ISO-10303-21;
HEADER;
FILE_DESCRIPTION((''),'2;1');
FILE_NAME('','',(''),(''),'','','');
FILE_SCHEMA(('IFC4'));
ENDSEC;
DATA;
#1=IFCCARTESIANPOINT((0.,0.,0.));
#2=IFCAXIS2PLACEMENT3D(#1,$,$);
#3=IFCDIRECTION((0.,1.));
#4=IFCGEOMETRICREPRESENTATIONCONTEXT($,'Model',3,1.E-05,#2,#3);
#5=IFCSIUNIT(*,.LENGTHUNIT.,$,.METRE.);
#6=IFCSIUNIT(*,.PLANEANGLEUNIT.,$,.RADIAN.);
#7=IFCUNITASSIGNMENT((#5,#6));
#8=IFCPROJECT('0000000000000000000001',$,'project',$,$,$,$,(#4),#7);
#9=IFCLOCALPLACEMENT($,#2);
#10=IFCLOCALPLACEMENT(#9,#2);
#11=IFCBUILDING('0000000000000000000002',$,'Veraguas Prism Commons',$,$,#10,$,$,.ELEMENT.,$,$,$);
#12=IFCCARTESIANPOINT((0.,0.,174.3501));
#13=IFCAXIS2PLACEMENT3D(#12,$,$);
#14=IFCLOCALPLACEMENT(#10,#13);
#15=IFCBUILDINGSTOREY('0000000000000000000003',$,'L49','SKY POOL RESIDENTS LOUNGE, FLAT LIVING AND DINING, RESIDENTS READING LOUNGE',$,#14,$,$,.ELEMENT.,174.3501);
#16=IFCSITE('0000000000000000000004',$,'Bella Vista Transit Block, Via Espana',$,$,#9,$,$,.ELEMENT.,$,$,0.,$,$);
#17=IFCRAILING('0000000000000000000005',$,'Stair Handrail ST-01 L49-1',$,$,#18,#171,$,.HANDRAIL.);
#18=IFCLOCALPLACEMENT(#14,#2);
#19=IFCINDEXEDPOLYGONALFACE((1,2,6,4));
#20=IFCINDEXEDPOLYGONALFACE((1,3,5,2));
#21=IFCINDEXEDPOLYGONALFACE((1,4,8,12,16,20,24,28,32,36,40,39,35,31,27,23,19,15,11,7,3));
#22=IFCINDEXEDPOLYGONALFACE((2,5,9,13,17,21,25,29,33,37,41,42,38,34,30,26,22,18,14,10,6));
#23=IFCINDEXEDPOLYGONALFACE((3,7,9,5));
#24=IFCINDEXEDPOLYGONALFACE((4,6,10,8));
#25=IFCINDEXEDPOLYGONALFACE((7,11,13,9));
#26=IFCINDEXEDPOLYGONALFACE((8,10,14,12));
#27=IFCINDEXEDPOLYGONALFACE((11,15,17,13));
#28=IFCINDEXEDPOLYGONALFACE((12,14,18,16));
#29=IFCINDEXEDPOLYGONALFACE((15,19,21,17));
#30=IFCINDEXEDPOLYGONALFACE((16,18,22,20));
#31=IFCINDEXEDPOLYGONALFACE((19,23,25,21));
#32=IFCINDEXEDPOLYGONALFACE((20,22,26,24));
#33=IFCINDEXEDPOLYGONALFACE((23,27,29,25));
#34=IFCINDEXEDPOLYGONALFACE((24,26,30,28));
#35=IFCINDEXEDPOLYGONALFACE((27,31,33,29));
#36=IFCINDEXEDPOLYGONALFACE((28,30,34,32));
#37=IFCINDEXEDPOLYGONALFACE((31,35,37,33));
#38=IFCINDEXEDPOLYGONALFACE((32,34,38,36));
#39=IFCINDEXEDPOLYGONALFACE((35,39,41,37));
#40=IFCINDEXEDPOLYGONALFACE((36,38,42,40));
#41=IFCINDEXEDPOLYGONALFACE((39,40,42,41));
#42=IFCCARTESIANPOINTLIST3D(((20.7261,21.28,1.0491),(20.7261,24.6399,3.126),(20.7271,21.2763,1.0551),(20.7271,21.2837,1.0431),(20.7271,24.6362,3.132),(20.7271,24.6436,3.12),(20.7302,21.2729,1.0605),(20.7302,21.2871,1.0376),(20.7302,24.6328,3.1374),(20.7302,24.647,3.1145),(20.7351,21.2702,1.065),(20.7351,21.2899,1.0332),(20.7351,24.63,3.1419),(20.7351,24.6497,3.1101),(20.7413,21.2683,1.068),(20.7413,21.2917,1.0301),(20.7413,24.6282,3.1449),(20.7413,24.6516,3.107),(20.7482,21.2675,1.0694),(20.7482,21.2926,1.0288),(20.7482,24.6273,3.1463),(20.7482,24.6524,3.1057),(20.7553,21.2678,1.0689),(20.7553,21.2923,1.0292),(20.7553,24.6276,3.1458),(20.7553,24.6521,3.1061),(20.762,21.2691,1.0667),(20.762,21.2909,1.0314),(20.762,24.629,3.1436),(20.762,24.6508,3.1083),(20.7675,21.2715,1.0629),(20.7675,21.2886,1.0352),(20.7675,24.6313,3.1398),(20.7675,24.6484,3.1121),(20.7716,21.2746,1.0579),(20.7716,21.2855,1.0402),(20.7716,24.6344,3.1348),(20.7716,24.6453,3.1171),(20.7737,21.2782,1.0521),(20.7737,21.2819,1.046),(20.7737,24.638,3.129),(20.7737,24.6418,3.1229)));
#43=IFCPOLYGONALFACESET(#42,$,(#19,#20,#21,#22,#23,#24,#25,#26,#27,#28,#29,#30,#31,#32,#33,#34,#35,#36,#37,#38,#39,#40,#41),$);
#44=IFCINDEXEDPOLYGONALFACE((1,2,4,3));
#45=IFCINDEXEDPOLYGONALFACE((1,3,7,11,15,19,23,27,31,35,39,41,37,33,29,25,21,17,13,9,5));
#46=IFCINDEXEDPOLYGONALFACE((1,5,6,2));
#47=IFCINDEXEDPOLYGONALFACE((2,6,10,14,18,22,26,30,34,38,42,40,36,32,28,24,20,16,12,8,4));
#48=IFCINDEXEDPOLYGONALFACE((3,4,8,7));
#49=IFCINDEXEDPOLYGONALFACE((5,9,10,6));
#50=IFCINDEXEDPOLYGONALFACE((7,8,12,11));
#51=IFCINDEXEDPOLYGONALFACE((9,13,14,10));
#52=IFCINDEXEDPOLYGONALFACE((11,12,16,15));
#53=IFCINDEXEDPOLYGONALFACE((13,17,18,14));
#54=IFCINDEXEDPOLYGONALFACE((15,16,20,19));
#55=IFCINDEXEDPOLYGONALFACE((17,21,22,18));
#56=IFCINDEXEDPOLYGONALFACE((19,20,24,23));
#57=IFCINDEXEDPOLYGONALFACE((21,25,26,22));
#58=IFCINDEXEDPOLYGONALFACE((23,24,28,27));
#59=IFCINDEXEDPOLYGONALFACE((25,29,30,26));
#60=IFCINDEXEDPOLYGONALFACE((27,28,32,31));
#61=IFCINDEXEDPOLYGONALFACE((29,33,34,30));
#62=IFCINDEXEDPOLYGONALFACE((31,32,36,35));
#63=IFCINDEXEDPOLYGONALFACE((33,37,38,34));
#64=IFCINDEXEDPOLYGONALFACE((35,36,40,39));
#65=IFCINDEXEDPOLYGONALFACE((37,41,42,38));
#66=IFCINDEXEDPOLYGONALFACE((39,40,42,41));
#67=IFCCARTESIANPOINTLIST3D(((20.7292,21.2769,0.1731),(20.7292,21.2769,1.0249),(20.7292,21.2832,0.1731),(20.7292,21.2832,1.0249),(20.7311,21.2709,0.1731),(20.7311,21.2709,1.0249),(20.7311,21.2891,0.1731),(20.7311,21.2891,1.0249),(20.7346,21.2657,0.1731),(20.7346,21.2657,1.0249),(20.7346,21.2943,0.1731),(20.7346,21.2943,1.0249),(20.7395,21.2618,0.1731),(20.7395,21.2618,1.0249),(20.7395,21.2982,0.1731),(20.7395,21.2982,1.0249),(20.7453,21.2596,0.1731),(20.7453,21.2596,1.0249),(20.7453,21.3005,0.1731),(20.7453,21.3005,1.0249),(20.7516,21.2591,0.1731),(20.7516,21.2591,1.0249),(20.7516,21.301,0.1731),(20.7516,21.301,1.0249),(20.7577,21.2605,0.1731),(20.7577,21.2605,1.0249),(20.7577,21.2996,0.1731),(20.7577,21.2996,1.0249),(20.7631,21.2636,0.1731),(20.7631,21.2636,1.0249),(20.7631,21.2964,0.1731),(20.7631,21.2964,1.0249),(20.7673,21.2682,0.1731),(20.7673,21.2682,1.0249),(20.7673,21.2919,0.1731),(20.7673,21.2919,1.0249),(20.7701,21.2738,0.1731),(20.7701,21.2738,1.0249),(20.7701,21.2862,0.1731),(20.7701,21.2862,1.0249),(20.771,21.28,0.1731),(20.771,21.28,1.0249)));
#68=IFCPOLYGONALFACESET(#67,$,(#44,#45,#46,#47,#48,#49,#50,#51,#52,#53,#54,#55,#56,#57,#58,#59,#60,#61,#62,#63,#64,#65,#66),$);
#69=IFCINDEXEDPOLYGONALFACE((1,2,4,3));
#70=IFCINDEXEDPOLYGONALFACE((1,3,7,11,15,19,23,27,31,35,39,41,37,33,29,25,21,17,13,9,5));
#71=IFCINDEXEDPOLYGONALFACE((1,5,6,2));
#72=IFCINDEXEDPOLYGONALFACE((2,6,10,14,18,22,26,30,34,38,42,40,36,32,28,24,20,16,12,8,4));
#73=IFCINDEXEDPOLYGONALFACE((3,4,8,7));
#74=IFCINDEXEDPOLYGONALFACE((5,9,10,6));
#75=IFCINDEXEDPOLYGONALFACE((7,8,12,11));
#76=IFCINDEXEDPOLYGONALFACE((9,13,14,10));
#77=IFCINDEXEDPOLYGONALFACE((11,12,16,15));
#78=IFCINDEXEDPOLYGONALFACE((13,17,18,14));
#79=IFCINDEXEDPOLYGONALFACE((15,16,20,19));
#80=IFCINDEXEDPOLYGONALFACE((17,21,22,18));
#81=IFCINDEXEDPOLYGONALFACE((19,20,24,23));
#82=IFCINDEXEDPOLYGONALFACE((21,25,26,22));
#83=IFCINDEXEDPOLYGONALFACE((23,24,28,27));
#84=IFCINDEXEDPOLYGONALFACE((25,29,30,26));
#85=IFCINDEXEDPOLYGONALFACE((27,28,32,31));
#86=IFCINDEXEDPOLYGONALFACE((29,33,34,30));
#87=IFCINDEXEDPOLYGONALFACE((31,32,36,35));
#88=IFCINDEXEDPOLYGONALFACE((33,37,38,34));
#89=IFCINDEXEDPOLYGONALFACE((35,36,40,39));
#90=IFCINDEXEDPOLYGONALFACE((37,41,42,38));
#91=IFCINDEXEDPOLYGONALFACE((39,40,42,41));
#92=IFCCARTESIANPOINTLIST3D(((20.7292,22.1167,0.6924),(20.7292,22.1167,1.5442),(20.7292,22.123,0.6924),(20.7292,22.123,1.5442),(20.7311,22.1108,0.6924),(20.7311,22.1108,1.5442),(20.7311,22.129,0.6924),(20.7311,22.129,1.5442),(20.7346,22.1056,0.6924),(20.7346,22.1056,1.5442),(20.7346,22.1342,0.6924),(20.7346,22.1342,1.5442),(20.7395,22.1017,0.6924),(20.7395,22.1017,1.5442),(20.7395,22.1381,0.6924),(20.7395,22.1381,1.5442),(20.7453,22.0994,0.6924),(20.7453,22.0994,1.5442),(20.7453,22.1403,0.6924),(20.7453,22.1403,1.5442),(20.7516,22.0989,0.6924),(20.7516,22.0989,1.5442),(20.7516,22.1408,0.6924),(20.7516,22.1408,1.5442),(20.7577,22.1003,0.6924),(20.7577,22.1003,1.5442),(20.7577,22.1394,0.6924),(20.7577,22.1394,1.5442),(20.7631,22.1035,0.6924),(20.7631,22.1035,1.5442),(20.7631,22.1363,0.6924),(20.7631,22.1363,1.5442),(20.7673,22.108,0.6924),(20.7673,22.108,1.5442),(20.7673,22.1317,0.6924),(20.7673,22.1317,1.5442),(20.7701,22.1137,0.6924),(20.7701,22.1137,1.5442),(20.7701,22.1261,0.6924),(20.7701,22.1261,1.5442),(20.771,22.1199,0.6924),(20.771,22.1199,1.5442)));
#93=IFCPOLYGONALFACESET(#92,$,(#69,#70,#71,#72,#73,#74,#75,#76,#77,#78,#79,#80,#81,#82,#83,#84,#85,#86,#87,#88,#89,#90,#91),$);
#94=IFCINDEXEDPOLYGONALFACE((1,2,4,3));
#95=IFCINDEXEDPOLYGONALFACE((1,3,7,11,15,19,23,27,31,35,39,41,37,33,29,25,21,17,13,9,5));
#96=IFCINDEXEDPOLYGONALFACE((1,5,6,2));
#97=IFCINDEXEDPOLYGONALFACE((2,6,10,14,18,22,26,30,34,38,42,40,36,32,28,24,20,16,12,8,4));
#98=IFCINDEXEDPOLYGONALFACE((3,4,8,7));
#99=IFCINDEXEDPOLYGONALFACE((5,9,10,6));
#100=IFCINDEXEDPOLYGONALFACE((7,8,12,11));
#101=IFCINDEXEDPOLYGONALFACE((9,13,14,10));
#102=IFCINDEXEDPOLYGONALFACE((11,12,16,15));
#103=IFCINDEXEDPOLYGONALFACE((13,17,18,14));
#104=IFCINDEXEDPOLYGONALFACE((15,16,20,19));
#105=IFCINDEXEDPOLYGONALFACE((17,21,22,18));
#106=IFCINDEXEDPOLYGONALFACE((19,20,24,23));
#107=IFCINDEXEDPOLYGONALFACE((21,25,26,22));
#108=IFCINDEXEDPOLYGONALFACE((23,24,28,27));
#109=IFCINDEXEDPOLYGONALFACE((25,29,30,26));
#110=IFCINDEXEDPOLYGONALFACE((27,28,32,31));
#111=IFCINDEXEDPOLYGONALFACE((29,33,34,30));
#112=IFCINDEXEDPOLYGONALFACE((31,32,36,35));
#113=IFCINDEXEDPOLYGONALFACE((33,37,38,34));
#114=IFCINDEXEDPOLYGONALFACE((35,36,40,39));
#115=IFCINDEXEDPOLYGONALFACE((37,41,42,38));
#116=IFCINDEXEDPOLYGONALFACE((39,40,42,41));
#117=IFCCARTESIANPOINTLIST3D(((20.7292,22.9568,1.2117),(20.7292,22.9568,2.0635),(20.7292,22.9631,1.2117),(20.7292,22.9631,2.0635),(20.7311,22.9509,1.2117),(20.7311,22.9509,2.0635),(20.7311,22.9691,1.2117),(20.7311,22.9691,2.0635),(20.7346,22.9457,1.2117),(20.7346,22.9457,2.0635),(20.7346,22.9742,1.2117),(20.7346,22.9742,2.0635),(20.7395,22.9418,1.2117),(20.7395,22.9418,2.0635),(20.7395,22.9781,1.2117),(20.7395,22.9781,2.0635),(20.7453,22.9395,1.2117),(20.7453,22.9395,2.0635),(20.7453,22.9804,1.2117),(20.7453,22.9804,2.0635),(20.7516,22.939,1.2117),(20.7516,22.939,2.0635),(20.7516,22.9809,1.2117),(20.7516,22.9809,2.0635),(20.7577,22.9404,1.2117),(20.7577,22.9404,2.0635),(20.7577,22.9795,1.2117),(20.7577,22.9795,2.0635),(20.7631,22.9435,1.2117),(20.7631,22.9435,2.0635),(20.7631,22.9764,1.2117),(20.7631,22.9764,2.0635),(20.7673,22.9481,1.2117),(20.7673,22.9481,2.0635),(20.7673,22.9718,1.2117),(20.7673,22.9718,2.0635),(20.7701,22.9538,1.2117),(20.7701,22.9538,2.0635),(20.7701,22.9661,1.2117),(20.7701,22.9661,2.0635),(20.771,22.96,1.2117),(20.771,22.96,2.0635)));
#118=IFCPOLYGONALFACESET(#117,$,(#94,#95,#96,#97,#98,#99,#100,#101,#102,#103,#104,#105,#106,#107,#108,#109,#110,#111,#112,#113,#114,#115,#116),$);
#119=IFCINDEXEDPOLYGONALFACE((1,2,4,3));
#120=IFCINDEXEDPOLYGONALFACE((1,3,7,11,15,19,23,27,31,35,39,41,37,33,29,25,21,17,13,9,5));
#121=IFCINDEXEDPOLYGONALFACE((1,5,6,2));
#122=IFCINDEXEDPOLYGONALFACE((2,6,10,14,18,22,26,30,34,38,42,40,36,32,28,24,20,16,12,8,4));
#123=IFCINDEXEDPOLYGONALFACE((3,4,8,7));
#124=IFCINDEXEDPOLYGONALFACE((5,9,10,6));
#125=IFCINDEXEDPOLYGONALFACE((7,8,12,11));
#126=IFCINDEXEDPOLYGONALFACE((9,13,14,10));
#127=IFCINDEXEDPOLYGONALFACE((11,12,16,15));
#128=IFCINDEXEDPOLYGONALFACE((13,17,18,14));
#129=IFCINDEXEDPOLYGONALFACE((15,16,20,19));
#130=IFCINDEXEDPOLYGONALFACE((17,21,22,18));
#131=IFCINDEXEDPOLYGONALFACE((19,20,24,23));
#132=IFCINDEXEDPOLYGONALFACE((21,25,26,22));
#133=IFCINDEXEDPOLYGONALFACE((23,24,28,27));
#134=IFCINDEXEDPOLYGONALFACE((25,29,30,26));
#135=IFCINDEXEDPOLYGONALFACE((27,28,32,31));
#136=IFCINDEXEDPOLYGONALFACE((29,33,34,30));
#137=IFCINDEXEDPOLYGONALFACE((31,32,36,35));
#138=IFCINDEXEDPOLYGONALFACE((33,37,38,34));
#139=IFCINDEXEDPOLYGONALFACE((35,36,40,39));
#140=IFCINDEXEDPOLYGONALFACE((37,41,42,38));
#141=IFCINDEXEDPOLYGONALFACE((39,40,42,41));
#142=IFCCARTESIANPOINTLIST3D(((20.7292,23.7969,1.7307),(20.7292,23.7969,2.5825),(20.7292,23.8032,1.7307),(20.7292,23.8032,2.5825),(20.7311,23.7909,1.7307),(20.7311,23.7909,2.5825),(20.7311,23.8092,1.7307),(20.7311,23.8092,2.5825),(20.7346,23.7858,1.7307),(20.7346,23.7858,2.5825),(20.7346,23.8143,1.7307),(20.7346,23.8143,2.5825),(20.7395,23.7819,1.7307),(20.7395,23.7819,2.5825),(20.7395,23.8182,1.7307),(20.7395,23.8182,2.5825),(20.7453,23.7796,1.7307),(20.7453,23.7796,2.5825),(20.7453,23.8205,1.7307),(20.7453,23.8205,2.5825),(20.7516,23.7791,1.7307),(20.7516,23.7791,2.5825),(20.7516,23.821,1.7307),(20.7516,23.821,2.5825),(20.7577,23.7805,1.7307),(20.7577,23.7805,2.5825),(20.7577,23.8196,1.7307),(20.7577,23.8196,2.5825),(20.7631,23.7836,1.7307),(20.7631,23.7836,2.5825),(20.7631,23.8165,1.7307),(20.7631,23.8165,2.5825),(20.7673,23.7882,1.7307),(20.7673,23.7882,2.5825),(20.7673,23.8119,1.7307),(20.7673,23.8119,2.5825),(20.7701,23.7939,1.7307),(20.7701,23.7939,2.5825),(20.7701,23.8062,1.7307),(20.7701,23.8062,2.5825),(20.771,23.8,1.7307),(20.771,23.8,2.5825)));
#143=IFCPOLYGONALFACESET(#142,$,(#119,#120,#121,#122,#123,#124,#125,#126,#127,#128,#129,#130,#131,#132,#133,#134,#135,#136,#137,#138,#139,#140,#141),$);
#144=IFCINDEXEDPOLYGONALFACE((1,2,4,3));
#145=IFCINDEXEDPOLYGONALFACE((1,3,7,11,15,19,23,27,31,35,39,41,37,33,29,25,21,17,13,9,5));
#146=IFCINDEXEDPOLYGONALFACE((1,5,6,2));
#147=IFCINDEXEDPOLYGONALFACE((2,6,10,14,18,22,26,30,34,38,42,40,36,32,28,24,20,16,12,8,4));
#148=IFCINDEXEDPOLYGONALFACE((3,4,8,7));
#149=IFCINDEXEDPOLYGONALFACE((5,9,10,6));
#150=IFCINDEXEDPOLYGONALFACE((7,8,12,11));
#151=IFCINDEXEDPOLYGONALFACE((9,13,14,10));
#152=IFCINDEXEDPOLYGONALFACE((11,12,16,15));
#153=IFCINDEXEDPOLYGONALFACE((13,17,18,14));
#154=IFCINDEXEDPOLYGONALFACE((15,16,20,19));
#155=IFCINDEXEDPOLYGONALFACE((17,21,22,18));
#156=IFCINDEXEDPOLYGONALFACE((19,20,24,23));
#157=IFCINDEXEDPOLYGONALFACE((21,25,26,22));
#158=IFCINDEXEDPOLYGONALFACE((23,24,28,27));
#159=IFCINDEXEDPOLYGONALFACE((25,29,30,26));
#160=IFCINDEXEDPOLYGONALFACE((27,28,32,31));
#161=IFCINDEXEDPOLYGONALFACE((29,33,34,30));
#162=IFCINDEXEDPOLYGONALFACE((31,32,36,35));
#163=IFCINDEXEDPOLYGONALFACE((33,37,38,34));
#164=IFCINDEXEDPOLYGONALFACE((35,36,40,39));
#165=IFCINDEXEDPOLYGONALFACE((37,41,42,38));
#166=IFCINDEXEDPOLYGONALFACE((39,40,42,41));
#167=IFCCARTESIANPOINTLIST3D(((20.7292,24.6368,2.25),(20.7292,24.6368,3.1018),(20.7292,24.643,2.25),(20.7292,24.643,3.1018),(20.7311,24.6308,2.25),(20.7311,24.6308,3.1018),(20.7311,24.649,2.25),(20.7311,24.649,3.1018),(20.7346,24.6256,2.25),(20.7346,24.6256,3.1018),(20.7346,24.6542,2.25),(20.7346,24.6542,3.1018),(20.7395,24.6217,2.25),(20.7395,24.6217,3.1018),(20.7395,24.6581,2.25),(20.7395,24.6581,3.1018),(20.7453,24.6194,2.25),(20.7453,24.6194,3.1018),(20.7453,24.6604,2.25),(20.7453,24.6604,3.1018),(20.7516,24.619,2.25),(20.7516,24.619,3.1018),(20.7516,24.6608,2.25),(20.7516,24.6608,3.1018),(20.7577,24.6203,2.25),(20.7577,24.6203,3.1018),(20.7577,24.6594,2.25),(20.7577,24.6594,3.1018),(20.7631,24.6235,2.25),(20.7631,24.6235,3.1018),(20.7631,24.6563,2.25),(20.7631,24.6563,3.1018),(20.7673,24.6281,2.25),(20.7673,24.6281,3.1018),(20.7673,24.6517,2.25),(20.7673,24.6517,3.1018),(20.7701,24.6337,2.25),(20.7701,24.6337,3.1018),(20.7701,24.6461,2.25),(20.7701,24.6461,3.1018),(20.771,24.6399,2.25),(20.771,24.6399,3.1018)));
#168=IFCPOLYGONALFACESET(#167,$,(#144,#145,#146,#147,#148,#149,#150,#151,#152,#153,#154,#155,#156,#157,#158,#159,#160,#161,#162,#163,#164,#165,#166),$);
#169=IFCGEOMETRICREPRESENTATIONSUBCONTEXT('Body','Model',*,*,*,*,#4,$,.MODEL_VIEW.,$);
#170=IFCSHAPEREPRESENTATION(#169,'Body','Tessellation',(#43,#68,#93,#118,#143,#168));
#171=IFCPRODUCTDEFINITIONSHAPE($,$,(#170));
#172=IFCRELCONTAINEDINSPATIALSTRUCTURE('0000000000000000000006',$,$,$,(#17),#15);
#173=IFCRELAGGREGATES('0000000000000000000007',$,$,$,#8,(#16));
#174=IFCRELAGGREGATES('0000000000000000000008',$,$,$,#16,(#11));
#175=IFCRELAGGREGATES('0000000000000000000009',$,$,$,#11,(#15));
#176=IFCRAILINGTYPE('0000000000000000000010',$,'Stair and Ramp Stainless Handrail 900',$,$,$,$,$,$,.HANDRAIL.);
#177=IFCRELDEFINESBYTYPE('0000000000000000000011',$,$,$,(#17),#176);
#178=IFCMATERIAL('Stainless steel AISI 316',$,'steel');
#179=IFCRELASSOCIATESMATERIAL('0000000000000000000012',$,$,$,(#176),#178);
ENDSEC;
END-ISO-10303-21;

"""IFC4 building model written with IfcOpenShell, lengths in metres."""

from ifc_helpers import new_model, si_unit, direction, frame, origin, origin_2d, place, context, subcontext, project, spatial, circle, extrude, material, type_object, element, save


model = new_model("IFC4")

# Units and contexts
model_context = context("Model", 3, precision=1e-05, world=origin(), true_north=direction((0.0, 1.0)))
body_context = subcontext(model_context, "Body", "Model", "MODEL_VIEW")
ifc_project = project(units=[si_unit("LENGTHUNIT", "METRE"), si_unit("PLANEANGLEUNIT", "RADIAN")], contexts=[model_context])

# Site, building, storey
site_placement = place(None, origin())
site = spatial("IfcSite", under=ifc_project, at=site_placement, Name="Bella Vista Transit Block, Via Espana", CompositionType="ELEMENT", RefElevation=0.0)
building_placement = place(site_placement, origin())
building = spatial("IfcBuilding", under=site, at=building_placement, Name="Veraguas Prism Commons", CompositionType="ELEMENT")
storey_placement = place(building_placement, frame((0.0, 0.0, 174.3501)))
storey = spatial("IfcBuildingStorey", under=building, at=storey_placement, Name="L49", Description="SKY POOL RESIDENTS LOUNGE, FLAT LIVING AND DINING, RESIDENTS READING LOUNGE", CompositionType="ELEMENT", Elevation=174.3501)

# Railing
ifc_material_1 = material(Name="Stainless steel AISI 316", Category="steel")
railing_type_1 = type_object("IfcRailingType", Name="Stair and Ramp Stainless Handrail 900", PredefinedType="HANDRAIL", material=ifc_material_1)
railing_1_placement = place(storey_placement, frame((20.75, 21.28, 0.1731)))
element("IfcRailing", 1, at=railing_1_placement, inside=storey, type_object=railing_type_1, Name="Stair Handrail ST-01 L49-1", PredefinedType="HANDRAIL", context=body_context, shape_type="SweptSolid", body=[
    extrude(circle(Radius=0.0239, at=origin_2d()), frame((0.0, 0.0, 0.876), z_axis=(0.0, 0.850606, 0.525803), x_axis=(-1.0, 0.0, 0.0)), (0.0, 0.0, 1.0), 3.95),
    extrude(circle(Radius=0.021, at=origin_2d()), origin(), (0.0, 0.0, 1.0), 0.8518),
    extrude(circle(Radius=0.021, at=origin_2d()), frame((0.0, 0.8398, 0.5193)), (0.0, 0.0, 1.0), 0.8518),
    extrude(circle(Radius=0.021, at=origin_2d()), frame((0.0, 1.6799, 1.0386)), (0.0, 0.0, 1.0), 0.8518),
    extrude(circle(Radius=0.021, at=origin_2d()), frame((0.0, 2.52, 1.5576)), (0.0, 0.0, 1.0), 0.8518),
    extrude(circle(Radius=0.021, at=origin_2d()), frame((0.0, 3.3599, 2.0769)), (0.0, 0.0, 1.0), 0.8518),
])

save(model, "model.ifc")
